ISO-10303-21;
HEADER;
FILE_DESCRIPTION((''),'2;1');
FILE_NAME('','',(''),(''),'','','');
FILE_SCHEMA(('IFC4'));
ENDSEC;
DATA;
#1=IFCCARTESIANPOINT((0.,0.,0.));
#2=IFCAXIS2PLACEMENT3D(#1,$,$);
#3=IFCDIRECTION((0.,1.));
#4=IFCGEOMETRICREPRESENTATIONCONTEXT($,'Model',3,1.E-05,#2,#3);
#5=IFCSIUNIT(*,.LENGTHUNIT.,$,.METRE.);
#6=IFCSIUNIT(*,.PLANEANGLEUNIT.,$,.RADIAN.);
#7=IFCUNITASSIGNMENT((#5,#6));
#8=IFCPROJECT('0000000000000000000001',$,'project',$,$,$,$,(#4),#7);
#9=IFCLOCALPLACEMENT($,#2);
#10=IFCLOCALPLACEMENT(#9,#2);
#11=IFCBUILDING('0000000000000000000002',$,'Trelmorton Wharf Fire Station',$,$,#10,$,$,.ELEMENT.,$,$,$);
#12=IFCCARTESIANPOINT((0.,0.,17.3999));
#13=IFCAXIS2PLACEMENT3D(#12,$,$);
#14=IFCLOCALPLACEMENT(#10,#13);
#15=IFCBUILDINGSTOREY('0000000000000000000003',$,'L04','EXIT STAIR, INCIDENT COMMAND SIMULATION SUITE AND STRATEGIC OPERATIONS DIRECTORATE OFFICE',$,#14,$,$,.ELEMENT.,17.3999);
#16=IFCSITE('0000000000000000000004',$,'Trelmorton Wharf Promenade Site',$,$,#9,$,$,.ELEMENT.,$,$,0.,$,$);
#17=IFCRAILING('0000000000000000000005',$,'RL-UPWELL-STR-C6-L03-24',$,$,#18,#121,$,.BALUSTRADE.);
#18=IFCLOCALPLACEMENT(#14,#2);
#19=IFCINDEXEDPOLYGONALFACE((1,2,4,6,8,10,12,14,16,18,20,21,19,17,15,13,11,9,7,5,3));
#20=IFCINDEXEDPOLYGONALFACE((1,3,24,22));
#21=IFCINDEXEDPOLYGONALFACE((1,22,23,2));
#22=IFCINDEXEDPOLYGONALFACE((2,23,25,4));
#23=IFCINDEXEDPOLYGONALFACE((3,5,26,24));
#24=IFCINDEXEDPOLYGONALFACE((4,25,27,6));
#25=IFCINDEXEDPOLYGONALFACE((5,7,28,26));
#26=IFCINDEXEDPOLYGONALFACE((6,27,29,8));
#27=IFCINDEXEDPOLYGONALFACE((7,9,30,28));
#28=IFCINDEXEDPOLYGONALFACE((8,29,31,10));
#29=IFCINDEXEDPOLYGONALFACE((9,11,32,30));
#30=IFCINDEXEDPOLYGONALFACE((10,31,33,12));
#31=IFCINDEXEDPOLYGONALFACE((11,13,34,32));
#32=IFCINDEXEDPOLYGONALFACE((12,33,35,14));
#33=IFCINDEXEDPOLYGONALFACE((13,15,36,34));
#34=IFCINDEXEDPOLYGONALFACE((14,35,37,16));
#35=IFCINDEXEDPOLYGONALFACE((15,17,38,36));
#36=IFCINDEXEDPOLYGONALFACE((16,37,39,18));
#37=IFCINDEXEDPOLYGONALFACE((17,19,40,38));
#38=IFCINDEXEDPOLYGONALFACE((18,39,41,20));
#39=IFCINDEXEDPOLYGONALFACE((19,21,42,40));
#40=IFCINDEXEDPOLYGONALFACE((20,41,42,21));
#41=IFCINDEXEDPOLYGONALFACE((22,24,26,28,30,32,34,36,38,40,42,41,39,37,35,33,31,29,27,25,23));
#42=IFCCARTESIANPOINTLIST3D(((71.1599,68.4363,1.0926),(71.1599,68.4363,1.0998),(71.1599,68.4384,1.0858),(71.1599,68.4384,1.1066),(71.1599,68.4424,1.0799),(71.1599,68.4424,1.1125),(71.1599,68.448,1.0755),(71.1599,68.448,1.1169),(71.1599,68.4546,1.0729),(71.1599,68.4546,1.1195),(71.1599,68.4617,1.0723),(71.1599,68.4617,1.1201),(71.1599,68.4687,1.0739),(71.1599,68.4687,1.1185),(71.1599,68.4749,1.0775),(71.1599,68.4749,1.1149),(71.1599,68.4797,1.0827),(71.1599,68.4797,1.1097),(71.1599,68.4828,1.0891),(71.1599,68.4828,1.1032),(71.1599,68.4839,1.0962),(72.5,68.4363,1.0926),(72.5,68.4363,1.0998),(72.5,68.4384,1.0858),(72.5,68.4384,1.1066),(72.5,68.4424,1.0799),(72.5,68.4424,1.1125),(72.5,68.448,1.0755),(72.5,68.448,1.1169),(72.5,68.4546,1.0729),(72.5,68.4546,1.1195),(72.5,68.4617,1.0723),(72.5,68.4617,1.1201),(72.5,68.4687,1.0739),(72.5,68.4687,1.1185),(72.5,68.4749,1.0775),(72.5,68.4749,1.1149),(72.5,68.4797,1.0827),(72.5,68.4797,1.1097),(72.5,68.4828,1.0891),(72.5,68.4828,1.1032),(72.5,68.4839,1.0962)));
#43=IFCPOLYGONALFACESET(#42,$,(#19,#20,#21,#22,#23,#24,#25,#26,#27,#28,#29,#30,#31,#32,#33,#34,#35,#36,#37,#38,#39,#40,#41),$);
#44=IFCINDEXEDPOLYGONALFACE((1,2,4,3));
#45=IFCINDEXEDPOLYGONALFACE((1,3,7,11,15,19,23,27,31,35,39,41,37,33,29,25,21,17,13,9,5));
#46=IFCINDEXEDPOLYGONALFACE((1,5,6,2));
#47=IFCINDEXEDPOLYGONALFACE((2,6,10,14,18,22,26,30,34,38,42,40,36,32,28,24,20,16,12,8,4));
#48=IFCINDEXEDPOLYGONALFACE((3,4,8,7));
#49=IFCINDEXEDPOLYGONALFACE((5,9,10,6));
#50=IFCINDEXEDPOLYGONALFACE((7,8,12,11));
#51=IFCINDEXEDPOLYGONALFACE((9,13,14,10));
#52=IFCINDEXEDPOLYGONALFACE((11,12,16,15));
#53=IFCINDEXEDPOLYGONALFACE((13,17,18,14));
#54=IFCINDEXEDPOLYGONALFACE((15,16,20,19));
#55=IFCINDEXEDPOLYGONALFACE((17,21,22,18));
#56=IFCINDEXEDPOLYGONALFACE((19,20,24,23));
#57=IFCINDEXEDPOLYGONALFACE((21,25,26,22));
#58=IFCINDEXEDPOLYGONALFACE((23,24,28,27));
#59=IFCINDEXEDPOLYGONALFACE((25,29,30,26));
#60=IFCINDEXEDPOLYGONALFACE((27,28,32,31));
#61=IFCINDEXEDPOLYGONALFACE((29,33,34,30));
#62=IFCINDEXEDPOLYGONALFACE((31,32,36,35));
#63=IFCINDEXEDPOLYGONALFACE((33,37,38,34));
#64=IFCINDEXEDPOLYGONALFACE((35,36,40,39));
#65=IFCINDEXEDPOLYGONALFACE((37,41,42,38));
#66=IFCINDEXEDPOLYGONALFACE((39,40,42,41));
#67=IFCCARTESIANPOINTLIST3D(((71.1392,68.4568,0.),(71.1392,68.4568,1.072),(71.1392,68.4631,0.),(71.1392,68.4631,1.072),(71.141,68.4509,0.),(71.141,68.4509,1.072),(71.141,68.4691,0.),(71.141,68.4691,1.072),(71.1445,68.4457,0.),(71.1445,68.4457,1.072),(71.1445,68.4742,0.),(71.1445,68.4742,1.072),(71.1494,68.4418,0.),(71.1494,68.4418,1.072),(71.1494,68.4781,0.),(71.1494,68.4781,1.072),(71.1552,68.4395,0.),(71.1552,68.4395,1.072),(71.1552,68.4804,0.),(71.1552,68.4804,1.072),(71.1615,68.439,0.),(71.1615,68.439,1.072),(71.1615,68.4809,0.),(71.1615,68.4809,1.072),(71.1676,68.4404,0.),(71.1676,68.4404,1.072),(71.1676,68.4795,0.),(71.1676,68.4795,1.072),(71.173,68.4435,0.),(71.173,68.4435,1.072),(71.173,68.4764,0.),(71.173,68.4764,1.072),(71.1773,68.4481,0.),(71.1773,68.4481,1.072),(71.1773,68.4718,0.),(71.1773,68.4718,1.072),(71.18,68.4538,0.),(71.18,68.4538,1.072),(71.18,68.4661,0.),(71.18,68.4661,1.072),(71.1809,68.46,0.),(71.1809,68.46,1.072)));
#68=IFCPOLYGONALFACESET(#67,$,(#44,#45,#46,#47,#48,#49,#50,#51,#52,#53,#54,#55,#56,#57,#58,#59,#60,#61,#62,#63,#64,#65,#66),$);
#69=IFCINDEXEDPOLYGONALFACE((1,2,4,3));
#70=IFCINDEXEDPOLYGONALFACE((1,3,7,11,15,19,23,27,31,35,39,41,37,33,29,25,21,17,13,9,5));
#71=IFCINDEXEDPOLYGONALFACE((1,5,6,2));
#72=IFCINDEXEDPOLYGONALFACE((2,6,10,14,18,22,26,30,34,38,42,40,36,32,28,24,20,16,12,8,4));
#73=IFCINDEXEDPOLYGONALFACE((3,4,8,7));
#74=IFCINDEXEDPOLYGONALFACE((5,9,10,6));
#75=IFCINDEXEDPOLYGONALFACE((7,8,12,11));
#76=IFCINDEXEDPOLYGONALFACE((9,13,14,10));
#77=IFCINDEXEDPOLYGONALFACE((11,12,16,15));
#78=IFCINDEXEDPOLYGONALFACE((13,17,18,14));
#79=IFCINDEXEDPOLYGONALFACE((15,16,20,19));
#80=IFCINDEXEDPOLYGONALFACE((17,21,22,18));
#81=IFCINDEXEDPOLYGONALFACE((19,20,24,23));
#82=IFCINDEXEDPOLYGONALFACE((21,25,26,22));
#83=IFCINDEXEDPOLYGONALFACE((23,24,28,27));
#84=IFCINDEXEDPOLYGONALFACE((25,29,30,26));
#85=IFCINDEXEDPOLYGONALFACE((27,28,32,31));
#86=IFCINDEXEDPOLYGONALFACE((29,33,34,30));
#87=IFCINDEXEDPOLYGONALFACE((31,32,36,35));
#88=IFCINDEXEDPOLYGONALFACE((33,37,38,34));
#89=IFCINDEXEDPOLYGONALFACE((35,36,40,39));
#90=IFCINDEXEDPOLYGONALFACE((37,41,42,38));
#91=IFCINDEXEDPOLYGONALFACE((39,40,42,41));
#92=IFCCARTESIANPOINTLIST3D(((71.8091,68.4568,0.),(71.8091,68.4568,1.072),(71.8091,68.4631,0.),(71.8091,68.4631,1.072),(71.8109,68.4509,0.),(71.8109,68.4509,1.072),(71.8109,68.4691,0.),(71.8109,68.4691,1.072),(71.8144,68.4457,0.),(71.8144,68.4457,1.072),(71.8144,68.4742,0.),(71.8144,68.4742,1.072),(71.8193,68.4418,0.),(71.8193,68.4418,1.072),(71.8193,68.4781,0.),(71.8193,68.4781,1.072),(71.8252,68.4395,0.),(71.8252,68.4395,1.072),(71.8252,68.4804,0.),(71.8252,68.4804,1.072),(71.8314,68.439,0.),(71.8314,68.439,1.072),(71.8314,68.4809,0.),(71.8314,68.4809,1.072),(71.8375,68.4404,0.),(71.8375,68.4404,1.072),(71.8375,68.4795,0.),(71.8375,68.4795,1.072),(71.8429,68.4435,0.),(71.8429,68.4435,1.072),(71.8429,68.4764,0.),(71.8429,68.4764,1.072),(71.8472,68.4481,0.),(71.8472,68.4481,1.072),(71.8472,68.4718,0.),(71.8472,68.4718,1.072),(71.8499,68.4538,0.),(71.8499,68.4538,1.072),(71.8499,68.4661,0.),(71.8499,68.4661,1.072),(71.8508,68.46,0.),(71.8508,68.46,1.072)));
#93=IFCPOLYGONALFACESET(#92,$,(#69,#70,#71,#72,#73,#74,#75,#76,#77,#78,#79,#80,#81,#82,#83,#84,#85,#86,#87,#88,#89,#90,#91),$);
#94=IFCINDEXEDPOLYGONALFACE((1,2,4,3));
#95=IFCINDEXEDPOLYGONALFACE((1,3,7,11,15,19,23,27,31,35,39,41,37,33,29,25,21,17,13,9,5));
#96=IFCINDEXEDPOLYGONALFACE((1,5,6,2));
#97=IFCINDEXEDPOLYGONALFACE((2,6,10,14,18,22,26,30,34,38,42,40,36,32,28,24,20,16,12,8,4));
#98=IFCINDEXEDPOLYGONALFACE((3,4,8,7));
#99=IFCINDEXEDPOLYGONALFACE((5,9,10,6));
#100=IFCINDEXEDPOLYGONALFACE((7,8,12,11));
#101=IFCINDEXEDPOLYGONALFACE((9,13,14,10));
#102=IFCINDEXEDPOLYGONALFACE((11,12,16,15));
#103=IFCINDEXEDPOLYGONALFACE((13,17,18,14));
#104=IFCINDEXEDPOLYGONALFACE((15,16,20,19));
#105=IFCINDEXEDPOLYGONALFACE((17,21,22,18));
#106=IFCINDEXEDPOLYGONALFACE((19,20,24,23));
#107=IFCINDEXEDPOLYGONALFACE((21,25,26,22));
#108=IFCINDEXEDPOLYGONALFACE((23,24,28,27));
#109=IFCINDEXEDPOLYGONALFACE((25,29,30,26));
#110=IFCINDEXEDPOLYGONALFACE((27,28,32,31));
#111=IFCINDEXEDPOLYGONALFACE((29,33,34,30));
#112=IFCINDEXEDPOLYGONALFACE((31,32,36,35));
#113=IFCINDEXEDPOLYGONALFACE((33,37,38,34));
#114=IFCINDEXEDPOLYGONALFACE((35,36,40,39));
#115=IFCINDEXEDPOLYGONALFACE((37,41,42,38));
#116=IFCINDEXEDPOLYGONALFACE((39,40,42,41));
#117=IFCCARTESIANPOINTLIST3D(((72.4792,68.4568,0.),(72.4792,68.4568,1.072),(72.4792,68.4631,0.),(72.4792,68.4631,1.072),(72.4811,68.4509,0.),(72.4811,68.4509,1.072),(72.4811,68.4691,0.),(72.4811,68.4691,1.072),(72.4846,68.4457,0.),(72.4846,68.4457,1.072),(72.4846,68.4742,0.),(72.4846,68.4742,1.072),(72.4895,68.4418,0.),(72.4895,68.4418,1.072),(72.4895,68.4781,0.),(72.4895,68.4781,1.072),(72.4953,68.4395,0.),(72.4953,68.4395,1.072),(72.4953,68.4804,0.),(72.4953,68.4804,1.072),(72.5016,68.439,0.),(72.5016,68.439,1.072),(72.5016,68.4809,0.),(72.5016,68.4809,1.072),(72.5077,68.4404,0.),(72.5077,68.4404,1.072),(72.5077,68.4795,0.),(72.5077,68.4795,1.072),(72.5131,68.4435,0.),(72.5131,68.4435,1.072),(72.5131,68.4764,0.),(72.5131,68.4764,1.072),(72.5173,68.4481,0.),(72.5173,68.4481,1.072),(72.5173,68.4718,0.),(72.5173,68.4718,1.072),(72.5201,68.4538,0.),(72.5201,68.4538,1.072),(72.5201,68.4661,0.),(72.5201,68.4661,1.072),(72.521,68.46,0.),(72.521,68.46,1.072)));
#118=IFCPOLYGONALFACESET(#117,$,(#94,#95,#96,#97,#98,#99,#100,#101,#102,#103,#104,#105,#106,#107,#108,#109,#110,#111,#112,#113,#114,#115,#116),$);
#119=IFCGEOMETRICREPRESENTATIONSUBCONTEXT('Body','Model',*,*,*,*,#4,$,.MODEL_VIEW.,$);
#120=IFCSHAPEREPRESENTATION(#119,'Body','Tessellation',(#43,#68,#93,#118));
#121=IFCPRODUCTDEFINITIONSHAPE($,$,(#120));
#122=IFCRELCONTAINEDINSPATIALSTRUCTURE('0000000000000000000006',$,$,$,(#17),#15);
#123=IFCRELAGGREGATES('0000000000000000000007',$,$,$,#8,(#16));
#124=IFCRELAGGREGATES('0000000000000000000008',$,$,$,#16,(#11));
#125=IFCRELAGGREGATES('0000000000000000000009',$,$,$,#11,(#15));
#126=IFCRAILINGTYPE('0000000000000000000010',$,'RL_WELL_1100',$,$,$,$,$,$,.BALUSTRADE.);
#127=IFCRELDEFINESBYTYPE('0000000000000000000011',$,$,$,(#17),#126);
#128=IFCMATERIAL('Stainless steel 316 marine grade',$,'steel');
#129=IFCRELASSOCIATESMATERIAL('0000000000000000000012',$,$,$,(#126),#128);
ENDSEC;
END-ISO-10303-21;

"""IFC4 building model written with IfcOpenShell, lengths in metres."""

from ifc_helpers import new_model, si_unit, direction, frame, origin, origin_2d, place, context, subcontext, project, spatial, circle, extrude, material, type_object, element, save


model = new_model("IFC4")

# Units and contexts
model_context = context("Model", 3, precision=1e-05, world=origin(), true_north=direction((0.0, 1.0)))
body_context = subcontext(model_context, "Body", "Model", "MODEL_VIEW")
ifc_project = project(units=[si_unit("LENGTHUNIT", "METRE"), si_unit("PLANEANGLEUNIT", "RADIAN")], contexts=[model_context])

# Site, building, storey
site_placement = place(None, origin())
site = spatial("IfcSite", under=ifc_project, at=site_placement, Name="Trelmorton Wharf Promenade Site", CompositionType="ELEMENT", RefElevation=0.0)
building_placement = place(site_placement, origin())
building = spatial("IfcBuilding", under=site, at=building_placement, Name="Trelmorton Wharf Fire Station", CompositionType="ELEMENT")
storey_placement = place(building_placement, frame((0.0, 0.0, 17.3999)))
storey = spatial("IfcBuildingStorey", under=building, at=storey_placement, Name="L04", Description="EXIT STAIR, INCIDENT COMMAND SIMULATION SUITE AND STRATEGIC OPERATIONS DIRECTORATE OFFICE", CompositionType="ELEMENT", Elevation=17.3999)

# Shared definitions
ifc_material_1 = material(Name="Stainless steel 316 marine grade", Category="steel")

# Railing
railing_type_1 = type_object("IfcRailingType", Name="RL_WELL_1100", PredefinedType="BALUSTRADE", material=ifc_material_1)
railing_1_placement = place(storey_placement, frame((71.1599, 68.46, 0.0)))
element("IfcRailing", 1, at=railing_1_placement, inside=storey, type_object=railing_type_1, Name="RL-UPWELL-STR-C6-L03-24", PredefinedType="BALUSTRADE", context=body_context, shape_type="SweptSolid", body=[
    extrude(circle(Radius=0.0239, at=origin_2d()), frame((0.0, 0.0, 1.0962), z_axis=(1.0, 0.0, 0.0), x_axis=(0.0, 1.0, 0.0)), (0.0, 0.0, 1.0), 1.3401),
    extrude(circle(Radius=0.021, at=origin_2d()), origin(), (0.0, 0.0, 1.0), 1.072),
    extrude(circle(Radius=0.021, at=origin_2d()), frame((0.6699, 0.0, 0.0)), (0.0, 0.0, 1.0), 1.072),
    extrude(circle(Radius=0.021, at=origin_2d()), frame((1.3401, 0.0, 0.0)), (0.0, 0.0, 1.0), 1.072),
])

save(model, "model.ifc")
